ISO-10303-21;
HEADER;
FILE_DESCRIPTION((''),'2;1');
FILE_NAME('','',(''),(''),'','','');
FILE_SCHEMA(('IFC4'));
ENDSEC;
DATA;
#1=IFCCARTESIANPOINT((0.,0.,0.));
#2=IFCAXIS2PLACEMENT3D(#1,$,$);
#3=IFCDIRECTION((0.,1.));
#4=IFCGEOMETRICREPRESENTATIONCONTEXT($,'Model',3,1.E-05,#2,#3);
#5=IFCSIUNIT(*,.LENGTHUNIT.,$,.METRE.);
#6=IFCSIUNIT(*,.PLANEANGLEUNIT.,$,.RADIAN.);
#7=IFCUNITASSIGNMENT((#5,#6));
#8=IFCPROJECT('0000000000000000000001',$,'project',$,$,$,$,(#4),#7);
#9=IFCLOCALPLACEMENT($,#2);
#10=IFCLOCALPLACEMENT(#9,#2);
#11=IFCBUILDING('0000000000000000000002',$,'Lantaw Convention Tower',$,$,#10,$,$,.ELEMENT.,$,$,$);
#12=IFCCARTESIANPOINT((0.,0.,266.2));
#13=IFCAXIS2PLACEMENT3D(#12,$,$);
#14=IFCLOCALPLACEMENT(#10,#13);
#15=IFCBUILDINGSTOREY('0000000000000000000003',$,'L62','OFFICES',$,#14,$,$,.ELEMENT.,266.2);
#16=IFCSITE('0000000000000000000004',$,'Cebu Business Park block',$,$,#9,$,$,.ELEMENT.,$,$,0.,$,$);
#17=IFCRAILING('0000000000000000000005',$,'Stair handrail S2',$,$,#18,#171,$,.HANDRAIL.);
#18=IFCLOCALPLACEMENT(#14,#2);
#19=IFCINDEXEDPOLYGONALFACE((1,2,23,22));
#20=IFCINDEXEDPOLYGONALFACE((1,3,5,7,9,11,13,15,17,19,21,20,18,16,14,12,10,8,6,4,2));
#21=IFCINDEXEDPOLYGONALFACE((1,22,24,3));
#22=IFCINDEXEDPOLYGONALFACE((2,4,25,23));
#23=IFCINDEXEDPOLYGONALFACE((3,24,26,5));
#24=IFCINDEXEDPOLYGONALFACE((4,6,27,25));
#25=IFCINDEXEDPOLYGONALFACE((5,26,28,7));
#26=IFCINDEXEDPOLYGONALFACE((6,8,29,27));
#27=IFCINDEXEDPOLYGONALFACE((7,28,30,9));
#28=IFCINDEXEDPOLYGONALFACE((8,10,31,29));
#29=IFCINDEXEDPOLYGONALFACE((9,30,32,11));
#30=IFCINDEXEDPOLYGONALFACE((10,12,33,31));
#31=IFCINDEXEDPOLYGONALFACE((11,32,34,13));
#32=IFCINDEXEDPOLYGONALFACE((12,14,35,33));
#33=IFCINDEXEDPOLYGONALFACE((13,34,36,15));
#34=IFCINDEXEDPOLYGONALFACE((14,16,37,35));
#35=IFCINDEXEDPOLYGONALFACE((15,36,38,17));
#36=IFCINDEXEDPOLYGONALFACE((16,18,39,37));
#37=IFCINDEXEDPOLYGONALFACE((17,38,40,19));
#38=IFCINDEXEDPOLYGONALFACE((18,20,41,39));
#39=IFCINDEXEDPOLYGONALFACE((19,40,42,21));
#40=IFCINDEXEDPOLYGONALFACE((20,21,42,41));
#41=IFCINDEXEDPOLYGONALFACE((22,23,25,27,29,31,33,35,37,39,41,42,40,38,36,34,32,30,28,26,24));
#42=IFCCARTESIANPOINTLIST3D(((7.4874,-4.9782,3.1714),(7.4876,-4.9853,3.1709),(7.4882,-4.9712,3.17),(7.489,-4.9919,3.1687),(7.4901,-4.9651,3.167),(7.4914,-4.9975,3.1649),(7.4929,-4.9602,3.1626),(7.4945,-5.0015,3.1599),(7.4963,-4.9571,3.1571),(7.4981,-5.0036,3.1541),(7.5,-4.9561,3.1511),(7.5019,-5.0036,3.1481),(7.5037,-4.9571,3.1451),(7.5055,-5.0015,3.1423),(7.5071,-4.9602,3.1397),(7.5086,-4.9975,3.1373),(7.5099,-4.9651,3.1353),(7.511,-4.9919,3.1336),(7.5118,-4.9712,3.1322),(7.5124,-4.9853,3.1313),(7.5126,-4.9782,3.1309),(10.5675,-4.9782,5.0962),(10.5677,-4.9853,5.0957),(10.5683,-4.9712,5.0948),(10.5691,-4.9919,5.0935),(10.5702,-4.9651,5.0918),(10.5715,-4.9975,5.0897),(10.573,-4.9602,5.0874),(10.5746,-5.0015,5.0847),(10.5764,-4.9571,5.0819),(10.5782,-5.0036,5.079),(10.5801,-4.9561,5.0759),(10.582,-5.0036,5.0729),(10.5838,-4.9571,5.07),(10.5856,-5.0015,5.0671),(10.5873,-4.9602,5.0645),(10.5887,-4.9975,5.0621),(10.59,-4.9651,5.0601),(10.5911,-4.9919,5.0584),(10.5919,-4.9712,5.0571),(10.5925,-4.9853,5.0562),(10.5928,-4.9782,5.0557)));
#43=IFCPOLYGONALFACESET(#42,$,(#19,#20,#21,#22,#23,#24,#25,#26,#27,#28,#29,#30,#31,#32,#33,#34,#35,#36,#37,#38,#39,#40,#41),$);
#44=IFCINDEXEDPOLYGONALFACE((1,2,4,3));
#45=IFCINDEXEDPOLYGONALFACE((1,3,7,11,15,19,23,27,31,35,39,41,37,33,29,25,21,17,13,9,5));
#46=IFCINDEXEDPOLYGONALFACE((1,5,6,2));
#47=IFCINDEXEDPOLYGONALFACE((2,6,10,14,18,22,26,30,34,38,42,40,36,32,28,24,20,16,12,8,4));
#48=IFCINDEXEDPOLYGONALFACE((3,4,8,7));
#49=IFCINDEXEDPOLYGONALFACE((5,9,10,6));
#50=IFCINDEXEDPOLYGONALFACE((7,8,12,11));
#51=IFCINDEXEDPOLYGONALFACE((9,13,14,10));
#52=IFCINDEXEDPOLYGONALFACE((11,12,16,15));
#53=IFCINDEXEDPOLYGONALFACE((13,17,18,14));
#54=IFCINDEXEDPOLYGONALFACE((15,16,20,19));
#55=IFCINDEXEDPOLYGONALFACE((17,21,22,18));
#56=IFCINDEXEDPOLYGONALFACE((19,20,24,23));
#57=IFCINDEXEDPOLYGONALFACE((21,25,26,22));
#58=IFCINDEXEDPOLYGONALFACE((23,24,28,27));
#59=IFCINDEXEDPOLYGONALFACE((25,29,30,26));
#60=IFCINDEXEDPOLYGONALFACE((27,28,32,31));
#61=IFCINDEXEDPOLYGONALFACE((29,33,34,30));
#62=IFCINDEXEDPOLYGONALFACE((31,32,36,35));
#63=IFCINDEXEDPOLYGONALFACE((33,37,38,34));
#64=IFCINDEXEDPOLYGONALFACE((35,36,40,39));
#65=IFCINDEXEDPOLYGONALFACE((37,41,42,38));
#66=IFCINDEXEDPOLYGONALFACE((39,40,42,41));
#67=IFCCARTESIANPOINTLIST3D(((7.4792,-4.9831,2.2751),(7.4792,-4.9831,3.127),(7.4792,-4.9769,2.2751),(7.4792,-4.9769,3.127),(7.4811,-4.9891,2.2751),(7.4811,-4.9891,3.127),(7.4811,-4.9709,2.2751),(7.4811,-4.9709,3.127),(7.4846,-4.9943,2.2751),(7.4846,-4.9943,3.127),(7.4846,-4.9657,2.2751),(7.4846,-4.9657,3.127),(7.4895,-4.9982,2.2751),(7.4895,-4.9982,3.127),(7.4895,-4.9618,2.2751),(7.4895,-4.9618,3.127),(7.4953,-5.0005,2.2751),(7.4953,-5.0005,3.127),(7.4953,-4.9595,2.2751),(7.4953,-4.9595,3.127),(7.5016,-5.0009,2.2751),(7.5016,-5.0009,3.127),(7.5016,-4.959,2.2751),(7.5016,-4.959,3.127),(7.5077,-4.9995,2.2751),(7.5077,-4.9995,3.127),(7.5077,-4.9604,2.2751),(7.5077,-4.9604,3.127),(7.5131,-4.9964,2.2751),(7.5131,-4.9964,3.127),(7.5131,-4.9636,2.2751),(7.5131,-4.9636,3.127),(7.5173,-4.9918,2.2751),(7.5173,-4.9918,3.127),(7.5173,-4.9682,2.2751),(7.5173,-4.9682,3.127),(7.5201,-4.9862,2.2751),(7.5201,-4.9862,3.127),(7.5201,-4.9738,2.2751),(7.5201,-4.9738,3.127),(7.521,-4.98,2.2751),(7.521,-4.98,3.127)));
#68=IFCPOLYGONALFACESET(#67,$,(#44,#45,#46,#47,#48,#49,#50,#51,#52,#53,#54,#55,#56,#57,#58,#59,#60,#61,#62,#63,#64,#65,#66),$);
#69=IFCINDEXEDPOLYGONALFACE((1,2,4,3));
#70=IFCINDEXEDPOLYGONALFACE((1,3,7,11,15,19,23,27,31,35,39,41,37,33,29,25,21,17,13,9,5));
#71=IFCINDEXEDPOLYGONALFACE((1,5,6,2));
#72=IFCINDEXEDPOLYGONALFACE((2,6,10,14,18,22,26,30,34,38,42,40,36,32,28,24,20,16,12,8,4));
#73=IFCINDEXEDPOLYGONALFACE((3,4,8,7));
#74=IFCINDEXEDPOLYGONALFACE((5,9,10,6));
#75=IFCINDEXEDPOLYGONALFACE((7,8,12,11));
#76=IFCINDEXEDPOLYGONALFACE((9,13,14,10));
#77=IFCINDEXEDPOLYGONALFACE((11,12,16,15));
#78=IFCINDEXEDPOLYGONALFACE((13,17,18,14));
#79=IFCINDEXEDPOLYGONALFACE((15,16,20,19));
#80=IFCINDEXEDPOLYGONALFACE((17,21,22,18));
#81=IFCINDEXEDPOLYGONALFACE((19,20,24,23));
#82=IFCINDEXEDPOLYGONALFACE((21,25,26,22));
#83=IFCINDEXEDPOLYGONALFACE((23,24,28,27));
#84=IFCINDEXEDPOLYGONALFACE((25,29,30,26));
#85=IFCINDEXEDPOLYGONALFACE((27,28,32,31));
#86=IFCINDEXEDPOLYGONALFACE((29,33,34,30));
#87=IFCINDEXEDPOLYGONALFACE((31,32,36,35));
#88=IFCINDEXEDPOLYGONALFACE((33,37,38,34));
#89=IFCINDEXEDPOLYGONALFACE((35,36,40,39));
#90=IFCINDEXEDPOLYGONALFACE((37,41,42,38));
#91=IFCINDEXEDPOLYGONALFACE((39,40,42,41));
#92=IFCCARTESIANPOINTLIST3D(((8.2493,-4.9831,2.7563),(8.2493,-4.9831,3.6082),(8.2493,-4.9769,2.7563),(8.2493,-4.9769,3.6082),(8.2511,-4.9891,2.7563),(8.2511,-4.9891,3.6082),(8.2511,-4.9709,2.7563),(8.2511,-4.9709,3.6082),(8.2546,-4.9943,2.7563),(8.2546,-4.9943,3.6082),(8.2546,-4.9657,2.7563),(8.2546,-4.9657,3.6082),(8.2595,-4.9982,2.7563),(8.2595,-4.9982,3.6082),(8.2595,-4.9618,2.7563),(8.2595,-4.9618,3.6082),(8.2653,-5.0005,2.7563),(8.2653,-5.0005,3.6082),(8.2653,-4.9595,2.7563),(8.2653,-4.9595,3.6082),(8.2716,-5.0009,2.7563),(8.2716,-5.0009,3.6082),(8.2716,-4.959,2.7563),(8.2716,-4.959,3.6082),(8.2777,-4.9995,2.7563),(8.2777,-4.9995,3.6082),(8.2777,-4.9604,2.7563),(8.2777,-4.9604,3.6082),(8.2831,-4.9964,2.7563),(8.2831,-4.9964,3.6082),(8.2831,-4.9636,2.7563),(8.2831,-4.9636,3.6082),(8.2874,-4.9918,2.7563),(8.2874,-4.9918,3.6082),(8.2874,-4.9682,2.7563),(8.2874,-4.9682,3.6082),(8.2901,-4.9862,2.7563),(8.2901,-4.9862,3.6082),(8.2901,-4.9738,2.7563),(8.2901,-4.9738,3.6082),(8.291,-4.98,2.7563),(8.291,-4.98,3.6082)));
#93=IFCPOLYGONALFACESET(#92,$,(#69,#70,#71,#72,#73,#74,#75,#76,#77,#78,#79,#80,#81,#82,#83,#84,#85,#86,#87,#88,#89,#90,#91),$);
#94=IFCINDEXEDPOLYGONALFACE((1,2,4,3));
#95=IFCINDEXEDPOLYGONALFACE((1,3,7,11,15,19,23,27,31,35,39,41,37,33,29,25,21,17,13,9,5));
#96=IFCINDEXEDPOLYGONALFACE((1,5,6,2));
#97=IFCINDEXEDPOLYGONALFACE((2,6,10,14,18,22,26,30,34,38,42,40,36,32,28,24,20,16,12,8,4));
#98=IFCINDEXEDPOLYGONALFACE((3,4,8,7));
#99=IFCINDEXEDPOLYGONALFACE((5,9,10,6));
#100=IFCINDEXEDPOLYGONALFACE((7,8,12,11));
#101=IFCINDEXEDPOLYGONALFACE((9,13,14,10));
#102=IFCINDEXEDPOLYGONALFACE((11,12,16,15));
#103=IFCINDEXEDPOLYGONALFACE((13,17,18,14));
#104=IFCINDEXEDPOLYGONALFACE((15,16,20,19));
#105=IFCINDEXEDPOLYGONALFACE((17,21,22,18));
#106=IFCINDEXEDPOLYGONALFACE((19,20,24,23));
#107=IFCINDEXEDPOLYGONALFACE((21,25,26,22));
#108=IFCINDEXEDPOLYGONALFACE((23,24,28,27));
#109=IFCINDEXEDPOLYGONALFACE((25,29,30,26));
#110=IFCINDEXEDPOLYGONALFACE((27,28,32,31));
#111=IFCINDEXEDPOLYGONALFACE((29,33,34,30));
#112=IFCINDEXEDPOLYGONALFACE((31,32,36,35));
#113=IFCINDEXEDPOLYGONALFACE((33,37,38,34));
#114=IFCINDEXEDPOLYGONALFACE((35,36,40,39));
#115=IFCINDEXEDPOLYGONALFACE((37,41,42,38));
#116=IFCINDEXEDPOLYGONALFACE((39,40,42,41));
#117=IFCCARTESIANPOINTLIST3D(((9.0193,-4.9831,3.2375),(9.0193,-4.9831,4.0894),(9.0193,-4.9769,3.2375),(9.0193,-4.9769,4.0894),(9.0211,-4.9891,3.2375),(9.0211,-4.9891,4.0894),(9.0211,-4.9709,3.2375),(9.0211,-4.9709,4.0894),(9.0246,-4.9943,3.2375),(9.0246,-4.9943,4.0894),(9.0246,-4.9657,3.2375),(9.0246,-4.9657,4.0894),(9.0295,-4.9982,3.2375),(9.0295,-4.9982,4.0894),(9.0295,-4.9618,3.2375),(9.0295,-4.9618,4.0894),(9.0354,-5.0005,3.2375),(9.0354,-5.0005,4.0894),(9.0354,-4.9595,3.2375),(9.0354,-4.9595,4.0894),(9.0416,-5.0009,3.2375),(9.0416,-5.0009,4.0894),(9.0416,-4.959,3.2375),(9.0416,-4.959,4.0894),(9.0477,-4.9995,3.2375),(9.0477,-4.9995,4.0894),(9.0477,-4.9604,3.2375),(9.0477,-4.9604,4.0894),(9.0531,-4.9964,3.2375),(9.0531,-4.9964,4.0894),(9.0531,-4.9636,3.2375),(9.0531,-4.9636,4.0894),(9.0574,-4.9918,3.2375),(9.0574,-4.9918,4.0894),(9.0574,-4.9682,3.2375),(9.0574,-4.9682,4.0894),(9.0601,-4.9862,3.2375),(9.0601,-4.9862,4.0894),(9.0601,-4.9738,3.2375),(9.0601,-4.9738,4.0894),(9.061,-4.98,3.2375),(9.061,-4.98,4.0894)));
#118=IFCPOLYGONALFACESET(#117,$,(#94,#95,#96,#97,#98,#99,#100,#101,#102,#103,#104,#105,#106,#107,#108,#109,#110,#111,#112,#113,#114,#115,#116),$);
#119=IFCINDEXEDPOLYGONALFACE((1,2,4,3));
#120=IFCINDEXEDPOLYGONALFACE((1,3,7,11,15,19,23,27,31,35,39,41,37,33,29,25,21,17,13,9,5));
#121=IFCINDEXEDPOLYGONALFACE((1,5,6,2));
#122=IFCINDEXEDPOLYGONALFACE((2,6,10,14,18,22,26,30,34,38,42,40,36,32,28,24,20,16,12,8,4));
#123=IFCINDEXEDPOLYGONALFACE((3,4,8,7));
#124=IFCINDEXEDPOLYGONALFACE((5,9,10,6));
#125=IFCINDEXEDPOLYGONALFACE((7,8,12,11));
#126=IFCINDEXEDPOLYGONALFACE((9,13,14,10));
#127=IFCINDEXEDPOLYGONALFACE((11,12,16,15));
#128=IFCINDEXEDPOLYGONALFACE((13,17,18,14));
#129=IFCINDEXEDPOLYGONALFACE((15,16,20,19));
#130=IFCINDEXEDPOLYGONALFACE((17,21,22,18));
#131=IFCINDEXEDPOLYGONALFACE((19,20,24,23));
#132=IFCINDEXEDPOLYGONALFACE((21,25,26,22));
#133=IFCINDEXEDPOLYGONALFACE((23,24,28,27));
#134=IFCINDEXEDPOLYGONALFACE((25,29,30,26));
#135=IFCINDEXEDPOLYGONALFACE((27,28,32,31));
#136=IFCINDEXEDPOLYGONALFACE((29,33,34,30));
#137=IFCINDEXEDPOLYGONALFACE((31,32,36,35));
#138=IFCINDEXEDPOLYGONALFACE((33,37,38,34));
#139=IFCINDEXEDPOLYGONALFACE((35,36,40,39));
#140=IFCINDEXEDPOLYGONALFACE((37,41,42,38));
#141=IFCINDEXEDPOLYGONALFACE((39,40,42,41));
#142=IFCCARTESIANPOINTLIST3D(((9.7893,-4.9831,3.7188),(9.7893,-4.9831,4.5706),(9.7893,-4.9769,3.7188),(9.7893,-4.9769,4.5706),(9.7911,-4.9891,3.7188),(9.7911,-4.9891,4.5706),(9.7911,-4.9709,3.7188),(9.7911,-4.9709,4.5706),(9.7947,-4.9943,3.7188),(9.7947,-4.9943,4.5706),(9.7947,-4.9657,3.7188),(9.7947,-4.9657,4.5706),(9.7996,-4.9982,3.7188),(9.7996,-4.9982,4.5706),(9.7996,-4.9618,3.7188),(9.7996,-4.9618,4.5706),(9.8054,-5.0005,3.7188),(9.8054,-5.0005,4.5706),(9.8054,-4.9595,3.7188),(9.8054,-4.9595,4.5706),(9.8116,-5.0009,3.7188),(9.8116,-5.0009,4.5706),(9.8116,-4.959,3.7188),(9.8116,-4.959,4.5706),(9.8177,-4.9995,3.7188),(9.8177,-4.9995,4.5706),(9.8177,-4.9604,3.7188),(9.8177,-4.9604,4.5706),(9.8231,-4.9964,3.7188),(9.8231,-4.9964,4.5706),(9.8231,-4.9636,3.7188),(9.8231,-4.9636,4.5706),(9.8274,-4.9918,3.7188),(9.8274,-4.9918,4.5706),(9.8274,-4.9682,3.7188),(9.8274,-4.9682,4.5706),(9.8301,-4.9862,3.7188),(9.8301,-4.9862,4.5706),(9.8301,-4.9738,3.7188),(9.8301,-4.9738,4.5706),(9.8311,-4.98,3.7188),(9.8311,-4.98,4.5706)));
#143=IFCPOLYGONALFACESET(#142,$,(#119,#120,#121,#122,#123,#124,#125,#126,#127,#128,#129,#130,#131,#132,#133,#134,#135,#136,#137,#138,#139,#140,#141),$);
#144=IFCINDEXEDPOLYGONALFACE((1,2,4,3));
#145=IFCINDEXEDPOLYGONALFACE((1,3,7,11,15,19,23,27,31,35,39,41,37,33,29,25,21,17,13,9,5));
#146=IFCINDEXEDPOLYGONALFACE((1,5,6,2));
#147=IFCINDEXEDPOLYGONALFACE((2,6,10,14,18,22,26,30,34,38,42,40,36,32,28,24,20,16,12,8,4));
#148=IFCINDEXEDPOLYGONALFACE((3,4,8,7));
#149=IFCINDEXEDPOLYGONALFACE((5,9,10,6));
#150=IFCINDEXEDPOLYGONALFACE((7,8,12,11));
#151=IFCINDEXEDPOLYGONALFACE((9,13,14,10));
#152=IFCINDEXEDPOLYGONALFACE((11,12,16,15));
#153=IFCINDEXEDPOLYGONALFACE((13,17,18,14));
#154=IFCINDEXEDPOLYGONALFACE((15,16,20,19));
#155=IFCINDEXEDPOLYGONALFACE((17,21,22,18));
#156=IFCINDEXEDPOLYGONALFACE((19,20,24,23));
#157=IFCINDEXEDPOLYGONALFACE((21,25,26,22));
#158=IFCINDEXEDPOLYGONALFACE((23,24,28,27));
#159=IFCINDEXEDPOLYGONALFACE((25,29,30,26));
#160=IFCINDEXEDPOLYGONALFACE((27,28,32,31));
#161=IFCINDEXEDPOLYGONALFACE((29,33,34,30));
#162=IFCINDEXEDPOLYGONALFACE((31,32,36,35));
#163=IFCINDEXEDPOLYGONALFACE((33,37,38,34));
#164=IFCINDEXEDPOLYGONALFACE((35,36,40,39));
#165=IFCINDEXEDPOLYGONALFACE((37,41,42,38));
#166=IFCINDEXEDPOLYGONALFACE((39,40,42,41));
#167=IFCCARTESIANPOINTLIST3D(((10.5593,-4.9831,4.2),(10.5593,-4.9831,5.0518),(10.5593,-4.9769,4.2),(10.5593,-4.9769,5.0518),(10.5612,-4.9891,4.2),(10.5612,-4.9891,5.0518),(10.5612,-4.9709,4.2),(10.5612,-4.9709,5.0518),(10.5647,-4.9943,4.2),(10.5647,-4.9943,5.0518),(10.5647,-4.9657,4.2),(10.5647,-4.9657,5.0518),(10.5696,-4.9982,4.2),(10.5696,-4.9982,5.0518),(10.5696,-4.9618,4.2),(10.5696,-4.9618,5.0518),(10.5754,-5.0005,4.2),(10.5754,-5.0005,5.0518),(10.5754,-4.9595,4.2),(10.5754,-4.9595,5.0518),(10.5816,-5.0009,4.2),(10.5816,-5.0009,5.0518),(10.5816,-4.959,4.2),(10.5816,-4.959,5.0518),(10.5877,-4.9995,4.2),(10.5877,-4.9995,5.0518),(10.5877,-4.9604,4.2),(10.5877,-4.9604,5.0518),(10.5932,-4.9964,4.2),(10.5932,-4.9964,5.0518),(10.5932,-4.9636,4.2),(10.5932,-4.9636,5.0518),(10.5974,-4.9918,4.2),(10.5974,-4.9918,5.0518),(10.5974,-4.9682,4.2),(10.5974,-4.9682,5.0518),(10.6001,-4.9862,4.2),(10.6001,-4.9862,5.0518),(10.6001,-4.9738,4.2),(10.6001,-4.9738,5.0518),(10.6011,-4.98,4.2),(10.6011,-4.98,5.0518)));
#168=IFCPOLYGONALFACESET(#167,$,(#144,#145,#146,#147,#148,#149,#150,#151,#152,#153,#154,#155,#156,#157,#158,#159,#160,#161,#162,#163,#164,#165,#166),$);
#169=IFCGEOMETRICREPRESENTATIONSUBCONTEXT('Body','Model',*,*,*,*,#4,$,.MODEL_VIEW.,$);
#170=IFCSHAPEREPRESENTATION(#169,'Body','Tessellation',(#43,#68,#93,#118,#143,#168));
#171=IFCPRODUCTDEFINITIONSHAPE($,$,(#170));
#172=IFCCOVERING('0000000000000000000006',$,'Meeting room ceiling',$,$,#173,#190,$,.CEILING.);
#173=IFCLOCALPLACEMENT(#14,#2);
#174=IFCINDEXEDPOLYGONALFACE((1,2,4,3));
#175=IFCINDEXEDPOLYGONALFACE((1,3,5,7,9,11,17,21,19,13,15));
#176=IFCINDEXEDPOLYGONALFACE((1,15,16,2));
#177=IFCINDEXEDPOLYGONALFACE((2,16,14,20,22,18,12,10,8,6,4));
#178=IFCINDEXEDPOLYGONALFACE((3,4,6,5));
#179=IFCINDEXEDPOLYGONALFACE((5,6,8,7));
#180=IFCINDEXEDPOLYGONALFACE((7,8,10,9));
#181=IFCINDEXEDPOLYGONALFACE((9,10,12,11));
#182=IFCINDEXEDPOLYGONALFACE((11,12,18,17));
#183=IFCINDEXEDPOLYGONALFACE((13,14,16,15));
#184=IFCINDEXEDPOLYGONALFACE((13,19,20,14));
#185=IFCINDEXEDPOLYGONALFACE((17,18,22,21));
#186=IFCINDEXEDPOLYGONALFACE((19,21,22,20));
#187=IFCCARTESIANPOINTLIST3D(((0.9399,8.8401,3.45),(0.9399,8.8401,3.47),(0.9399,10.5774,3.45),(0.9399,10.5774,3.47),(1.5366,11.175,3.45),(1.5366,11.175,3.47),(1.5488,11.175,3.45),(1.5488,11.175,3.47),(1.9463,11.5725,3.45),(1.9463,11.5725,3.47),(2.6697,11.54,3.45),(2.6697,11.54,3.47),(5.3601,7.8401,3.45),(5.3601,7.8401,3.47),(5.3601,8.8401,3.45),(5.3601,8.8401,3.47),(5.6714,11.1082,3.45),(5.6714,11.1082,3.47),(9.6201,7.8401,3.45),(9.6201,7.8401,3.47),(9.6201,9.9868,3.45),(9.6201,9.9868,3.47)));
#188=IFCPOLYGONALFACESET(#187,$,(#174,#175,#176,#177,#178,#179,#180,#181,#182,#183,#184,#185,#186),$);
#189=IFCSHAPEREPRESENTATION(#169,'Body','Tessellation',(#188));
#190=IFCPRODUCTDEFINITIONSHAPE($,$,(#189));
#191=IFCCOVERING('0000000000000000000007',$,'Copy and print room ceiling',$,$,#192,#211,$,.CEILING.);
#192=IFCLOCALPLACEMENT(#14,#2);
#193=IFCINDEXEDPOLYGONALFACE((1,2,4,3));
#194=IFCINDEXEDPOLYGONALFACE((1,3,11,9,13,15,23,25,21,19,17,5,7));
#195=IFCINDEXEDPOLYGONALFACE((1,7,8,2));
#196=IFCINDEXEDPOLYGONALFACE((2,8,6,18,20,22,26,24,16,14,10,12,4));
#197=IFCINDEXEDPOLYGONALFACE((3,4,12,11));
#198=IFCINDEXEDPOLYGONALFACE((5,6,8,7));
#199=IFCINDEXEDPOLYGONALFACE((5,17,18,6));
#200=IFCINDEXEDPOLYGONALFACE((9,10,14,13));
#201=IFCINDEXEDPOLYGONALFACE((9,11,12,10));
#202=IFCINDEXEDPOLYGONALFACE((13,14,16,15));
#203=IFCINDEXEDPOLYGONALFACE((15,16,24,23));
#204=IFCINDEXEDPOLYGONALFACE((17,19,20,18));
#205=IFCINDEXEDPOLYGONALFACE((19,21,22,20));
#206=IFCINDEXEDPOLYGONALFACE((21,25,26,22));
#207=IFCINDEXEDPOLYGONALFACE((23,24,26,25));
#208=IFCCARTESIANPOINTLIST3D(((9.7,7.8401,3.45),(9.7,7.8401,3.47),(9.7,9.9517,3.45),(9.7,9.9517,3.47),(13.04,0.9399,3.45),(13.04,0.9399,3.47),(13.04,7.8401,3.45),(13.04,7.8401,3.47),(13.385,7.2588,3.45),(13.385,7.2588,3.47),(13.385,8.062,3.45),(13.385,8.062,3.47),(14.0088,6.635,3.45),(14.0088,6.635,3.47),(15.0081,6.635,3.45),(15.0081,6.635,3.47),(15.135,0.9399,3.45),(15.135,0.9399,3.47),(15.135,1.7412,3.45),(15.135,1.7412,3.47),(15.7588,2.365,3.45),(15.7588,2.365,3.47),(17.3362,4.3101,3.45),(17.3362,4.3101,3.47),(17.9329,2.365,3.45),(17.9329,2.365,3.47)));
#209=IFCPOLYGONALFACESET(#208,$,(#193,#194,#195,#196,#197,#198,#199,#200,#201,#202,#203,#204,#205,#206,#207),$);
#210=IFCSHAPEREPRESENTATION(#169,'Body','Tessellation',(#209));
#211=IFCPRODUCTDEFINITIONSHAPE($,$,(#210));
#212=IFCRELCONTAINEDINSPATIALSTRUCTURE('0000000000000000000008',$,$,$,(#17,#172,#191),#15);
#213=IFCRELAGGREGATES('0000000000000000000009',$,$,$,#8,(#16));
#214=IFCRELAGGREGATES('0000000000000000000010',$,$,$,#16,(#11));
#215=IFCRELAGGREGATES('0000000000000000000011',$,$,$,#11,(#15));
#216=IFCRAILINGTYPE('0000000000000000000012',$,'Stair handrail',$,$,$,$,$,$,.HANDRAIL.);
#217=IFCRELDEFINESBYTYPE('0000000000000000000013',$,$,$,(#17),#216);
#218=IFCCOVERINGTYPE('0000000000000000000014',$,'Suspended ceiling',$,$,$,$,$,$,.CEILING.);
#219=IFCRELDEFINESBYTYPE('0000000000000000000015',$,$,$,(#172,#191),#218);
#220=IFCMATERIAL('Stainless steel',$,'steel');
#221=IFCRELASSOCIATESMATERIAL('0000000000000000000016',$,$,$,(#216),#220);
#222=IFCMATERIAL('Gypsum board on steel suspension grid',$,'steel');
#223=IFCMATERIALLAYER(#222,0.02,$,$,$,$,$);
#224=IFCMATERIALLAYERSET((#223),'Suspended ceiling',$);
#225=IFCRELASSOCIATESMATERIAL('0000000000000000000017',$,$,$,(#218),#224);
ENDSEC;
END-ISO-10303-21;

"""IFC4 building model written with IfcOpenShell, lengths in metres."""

from ifc_helpers import new_model, si_unit, direction, frame, origin, origin_2d, place, context, subcontext, project, spatial, polyline, circle, outline, extrude, material, layer, layer_set, type_object, element, save


model = new_model("IFC4")

# Units and contexts
model_context = context("Model", 3, precision=1e-05, world=origin(), true_north=direction((0.0, 1.0)))
body_context = subcontext(model_context, "Body", "Model", "MODEL_VIEW")
ifc_project = project(units=[si_unit("LENGTHUNIT", "METRE"), si_unit("PLANEANGLEUNIT", "RADIAN")], contexts=[model_context])

# Site, building, storey
site_placement = place(None, origin())
site = spatial("IfcSite", under=ifc_project, at=site_placement, Name="Cebu Business Park block", CompositionType="ELEMENT", RefElevation=0.0)
building_placement = place(site_placement, origin())
building = spatial("IfcBuilding", under=site, at=building_placement, Name="Lantaw Convention Tower", CompositionType="ELEMENT")
storey_placement = place(building_placement, frame((0.0, 0.0, 266.2)))
storey = spatial("IfcBuildingStorey", under=building, at=storey_placement, Name="L62", Description="OFFICES", CompositionType="ELEMENT", Elevation=266.2)

# Railing
ifc_material_1 = material(Name="Stainless steel", Category="steel")
railing_type = type_object("IfcRailingType", Name="Stair handrail", PredefinedType="HANDRAIL", material=ifc_material_1)
railing_1_placement = place(storey_placement, frame((7.5, -4.98, 2.2751)))
element("IfcRailing", 1, at=railing_1_placement, inside=storey, type_object=railing_type, Name="Stair handrail S2", PredefinedType="HANDRAIL", context=body_context, shape_type="SweptSolid", body=[
    extrude(circle(Radius=0.0239, at=origin_2d()), frame((0.0, 0.0, 0.876), z_axis=(0.848029, 0.0, 0.529951), x_axis=(0.0, 1.0, 0.0)), (0.0, 0.0, 1.0), 3.6321),
    extrude(circle(Radius=0.021, at=origin_2d()), origin(), (0.0, 0.0, 1.0), 0.8518),
    extrude(circle(Radius=0.021, at=origin_2d()), frame((0.77, 0.0, 0.4812)), (0.0, 0.0, 1.0), 0.8518),
    extrude(circle(Radius=0.021, at=origin_2d()), frame((1.54, 0.0, 0.9624)), (0.0, 0.0, 1.0), 0.8518),
    extrude(circle(Radius=0.021, at=origin_2d()), frame((2.3101, 0.0, 1.4436)), (0.0, 0.0, 1.0), 0.8518),
    extrude(circle(Radius=0.021, at=origin_2d()), frame((3.0801, 0.0, 1.9248)), (0.0, 0.0, 1.0), 0.8518),
])

# Coverings
ifc_material_2 = material(Name="Gypsum board on steel suspension grid", Category="steel")
ifc_layer_1 = layer(ifc_material_2, 0.02)
ifc_layer_set_1 = layer_set([ifc_layer_1], Name="Suspended ceiling")
covering_type = type_object("IfcCoveringType", Name="Suspended ceiling", PredefinedType="CEILING", material=ifc_layer_set_1)
covering_1_placement = place(storey_placement, frame((0.0, 0.0, 3.45)))
element("IfcCovering", 2, at=covering_1_placement, inside=storey, type_object=covering_type, Name="Meeting room ceiling", PredefinedType="CEILING", context=body_context, shape_type="SweptSolid", body=[
    extrude(outline(polyline([(0.9399, 8.8401), (5.3601, 8.8401), (5.3601, 7.8401), (9.6201, 7.8401), (9.6201, 9.9868), (5.6714, 11.1082), (2.6697, 11.54), (1.9463, 11.5725), (1.5488, 11.175), (1.5366, 11.175), (0.9399, 10.5774), (0.9399, 8.8401)])), origin(), (0.0, 0.0, 1.0), 0.02),
])
covering_2_placement = place(storey_placement, frame((0.0, 0.0, 3.45)))
element("IfcCovering", 3, at=covering_2_placement, inside=storey, type_object=covering_type, Name="Copy and print room ceiling", PredefinedType="CEILING", context=body_context, shape_type="SweptSolid", body=[
    extrude(outline(polyline([(13.385, 8.062), (9.7, 9.9517), (9.7, 7.8401), (13.04, 7.8401), (13.04, 0.9399), (15.135, 0.9399), (15.135, 1.7412), (15.7588, 2.365), (17.9329, 2.365), (17.3362, 4.3101), (15.0081, 6.635), (14.0088, 6.635), (13.385, 7.2588), (13.385, 8.062)])), origin(), (0.0, 0.0, 1.0), 0.02),
])

save(model, "model.ifc")
